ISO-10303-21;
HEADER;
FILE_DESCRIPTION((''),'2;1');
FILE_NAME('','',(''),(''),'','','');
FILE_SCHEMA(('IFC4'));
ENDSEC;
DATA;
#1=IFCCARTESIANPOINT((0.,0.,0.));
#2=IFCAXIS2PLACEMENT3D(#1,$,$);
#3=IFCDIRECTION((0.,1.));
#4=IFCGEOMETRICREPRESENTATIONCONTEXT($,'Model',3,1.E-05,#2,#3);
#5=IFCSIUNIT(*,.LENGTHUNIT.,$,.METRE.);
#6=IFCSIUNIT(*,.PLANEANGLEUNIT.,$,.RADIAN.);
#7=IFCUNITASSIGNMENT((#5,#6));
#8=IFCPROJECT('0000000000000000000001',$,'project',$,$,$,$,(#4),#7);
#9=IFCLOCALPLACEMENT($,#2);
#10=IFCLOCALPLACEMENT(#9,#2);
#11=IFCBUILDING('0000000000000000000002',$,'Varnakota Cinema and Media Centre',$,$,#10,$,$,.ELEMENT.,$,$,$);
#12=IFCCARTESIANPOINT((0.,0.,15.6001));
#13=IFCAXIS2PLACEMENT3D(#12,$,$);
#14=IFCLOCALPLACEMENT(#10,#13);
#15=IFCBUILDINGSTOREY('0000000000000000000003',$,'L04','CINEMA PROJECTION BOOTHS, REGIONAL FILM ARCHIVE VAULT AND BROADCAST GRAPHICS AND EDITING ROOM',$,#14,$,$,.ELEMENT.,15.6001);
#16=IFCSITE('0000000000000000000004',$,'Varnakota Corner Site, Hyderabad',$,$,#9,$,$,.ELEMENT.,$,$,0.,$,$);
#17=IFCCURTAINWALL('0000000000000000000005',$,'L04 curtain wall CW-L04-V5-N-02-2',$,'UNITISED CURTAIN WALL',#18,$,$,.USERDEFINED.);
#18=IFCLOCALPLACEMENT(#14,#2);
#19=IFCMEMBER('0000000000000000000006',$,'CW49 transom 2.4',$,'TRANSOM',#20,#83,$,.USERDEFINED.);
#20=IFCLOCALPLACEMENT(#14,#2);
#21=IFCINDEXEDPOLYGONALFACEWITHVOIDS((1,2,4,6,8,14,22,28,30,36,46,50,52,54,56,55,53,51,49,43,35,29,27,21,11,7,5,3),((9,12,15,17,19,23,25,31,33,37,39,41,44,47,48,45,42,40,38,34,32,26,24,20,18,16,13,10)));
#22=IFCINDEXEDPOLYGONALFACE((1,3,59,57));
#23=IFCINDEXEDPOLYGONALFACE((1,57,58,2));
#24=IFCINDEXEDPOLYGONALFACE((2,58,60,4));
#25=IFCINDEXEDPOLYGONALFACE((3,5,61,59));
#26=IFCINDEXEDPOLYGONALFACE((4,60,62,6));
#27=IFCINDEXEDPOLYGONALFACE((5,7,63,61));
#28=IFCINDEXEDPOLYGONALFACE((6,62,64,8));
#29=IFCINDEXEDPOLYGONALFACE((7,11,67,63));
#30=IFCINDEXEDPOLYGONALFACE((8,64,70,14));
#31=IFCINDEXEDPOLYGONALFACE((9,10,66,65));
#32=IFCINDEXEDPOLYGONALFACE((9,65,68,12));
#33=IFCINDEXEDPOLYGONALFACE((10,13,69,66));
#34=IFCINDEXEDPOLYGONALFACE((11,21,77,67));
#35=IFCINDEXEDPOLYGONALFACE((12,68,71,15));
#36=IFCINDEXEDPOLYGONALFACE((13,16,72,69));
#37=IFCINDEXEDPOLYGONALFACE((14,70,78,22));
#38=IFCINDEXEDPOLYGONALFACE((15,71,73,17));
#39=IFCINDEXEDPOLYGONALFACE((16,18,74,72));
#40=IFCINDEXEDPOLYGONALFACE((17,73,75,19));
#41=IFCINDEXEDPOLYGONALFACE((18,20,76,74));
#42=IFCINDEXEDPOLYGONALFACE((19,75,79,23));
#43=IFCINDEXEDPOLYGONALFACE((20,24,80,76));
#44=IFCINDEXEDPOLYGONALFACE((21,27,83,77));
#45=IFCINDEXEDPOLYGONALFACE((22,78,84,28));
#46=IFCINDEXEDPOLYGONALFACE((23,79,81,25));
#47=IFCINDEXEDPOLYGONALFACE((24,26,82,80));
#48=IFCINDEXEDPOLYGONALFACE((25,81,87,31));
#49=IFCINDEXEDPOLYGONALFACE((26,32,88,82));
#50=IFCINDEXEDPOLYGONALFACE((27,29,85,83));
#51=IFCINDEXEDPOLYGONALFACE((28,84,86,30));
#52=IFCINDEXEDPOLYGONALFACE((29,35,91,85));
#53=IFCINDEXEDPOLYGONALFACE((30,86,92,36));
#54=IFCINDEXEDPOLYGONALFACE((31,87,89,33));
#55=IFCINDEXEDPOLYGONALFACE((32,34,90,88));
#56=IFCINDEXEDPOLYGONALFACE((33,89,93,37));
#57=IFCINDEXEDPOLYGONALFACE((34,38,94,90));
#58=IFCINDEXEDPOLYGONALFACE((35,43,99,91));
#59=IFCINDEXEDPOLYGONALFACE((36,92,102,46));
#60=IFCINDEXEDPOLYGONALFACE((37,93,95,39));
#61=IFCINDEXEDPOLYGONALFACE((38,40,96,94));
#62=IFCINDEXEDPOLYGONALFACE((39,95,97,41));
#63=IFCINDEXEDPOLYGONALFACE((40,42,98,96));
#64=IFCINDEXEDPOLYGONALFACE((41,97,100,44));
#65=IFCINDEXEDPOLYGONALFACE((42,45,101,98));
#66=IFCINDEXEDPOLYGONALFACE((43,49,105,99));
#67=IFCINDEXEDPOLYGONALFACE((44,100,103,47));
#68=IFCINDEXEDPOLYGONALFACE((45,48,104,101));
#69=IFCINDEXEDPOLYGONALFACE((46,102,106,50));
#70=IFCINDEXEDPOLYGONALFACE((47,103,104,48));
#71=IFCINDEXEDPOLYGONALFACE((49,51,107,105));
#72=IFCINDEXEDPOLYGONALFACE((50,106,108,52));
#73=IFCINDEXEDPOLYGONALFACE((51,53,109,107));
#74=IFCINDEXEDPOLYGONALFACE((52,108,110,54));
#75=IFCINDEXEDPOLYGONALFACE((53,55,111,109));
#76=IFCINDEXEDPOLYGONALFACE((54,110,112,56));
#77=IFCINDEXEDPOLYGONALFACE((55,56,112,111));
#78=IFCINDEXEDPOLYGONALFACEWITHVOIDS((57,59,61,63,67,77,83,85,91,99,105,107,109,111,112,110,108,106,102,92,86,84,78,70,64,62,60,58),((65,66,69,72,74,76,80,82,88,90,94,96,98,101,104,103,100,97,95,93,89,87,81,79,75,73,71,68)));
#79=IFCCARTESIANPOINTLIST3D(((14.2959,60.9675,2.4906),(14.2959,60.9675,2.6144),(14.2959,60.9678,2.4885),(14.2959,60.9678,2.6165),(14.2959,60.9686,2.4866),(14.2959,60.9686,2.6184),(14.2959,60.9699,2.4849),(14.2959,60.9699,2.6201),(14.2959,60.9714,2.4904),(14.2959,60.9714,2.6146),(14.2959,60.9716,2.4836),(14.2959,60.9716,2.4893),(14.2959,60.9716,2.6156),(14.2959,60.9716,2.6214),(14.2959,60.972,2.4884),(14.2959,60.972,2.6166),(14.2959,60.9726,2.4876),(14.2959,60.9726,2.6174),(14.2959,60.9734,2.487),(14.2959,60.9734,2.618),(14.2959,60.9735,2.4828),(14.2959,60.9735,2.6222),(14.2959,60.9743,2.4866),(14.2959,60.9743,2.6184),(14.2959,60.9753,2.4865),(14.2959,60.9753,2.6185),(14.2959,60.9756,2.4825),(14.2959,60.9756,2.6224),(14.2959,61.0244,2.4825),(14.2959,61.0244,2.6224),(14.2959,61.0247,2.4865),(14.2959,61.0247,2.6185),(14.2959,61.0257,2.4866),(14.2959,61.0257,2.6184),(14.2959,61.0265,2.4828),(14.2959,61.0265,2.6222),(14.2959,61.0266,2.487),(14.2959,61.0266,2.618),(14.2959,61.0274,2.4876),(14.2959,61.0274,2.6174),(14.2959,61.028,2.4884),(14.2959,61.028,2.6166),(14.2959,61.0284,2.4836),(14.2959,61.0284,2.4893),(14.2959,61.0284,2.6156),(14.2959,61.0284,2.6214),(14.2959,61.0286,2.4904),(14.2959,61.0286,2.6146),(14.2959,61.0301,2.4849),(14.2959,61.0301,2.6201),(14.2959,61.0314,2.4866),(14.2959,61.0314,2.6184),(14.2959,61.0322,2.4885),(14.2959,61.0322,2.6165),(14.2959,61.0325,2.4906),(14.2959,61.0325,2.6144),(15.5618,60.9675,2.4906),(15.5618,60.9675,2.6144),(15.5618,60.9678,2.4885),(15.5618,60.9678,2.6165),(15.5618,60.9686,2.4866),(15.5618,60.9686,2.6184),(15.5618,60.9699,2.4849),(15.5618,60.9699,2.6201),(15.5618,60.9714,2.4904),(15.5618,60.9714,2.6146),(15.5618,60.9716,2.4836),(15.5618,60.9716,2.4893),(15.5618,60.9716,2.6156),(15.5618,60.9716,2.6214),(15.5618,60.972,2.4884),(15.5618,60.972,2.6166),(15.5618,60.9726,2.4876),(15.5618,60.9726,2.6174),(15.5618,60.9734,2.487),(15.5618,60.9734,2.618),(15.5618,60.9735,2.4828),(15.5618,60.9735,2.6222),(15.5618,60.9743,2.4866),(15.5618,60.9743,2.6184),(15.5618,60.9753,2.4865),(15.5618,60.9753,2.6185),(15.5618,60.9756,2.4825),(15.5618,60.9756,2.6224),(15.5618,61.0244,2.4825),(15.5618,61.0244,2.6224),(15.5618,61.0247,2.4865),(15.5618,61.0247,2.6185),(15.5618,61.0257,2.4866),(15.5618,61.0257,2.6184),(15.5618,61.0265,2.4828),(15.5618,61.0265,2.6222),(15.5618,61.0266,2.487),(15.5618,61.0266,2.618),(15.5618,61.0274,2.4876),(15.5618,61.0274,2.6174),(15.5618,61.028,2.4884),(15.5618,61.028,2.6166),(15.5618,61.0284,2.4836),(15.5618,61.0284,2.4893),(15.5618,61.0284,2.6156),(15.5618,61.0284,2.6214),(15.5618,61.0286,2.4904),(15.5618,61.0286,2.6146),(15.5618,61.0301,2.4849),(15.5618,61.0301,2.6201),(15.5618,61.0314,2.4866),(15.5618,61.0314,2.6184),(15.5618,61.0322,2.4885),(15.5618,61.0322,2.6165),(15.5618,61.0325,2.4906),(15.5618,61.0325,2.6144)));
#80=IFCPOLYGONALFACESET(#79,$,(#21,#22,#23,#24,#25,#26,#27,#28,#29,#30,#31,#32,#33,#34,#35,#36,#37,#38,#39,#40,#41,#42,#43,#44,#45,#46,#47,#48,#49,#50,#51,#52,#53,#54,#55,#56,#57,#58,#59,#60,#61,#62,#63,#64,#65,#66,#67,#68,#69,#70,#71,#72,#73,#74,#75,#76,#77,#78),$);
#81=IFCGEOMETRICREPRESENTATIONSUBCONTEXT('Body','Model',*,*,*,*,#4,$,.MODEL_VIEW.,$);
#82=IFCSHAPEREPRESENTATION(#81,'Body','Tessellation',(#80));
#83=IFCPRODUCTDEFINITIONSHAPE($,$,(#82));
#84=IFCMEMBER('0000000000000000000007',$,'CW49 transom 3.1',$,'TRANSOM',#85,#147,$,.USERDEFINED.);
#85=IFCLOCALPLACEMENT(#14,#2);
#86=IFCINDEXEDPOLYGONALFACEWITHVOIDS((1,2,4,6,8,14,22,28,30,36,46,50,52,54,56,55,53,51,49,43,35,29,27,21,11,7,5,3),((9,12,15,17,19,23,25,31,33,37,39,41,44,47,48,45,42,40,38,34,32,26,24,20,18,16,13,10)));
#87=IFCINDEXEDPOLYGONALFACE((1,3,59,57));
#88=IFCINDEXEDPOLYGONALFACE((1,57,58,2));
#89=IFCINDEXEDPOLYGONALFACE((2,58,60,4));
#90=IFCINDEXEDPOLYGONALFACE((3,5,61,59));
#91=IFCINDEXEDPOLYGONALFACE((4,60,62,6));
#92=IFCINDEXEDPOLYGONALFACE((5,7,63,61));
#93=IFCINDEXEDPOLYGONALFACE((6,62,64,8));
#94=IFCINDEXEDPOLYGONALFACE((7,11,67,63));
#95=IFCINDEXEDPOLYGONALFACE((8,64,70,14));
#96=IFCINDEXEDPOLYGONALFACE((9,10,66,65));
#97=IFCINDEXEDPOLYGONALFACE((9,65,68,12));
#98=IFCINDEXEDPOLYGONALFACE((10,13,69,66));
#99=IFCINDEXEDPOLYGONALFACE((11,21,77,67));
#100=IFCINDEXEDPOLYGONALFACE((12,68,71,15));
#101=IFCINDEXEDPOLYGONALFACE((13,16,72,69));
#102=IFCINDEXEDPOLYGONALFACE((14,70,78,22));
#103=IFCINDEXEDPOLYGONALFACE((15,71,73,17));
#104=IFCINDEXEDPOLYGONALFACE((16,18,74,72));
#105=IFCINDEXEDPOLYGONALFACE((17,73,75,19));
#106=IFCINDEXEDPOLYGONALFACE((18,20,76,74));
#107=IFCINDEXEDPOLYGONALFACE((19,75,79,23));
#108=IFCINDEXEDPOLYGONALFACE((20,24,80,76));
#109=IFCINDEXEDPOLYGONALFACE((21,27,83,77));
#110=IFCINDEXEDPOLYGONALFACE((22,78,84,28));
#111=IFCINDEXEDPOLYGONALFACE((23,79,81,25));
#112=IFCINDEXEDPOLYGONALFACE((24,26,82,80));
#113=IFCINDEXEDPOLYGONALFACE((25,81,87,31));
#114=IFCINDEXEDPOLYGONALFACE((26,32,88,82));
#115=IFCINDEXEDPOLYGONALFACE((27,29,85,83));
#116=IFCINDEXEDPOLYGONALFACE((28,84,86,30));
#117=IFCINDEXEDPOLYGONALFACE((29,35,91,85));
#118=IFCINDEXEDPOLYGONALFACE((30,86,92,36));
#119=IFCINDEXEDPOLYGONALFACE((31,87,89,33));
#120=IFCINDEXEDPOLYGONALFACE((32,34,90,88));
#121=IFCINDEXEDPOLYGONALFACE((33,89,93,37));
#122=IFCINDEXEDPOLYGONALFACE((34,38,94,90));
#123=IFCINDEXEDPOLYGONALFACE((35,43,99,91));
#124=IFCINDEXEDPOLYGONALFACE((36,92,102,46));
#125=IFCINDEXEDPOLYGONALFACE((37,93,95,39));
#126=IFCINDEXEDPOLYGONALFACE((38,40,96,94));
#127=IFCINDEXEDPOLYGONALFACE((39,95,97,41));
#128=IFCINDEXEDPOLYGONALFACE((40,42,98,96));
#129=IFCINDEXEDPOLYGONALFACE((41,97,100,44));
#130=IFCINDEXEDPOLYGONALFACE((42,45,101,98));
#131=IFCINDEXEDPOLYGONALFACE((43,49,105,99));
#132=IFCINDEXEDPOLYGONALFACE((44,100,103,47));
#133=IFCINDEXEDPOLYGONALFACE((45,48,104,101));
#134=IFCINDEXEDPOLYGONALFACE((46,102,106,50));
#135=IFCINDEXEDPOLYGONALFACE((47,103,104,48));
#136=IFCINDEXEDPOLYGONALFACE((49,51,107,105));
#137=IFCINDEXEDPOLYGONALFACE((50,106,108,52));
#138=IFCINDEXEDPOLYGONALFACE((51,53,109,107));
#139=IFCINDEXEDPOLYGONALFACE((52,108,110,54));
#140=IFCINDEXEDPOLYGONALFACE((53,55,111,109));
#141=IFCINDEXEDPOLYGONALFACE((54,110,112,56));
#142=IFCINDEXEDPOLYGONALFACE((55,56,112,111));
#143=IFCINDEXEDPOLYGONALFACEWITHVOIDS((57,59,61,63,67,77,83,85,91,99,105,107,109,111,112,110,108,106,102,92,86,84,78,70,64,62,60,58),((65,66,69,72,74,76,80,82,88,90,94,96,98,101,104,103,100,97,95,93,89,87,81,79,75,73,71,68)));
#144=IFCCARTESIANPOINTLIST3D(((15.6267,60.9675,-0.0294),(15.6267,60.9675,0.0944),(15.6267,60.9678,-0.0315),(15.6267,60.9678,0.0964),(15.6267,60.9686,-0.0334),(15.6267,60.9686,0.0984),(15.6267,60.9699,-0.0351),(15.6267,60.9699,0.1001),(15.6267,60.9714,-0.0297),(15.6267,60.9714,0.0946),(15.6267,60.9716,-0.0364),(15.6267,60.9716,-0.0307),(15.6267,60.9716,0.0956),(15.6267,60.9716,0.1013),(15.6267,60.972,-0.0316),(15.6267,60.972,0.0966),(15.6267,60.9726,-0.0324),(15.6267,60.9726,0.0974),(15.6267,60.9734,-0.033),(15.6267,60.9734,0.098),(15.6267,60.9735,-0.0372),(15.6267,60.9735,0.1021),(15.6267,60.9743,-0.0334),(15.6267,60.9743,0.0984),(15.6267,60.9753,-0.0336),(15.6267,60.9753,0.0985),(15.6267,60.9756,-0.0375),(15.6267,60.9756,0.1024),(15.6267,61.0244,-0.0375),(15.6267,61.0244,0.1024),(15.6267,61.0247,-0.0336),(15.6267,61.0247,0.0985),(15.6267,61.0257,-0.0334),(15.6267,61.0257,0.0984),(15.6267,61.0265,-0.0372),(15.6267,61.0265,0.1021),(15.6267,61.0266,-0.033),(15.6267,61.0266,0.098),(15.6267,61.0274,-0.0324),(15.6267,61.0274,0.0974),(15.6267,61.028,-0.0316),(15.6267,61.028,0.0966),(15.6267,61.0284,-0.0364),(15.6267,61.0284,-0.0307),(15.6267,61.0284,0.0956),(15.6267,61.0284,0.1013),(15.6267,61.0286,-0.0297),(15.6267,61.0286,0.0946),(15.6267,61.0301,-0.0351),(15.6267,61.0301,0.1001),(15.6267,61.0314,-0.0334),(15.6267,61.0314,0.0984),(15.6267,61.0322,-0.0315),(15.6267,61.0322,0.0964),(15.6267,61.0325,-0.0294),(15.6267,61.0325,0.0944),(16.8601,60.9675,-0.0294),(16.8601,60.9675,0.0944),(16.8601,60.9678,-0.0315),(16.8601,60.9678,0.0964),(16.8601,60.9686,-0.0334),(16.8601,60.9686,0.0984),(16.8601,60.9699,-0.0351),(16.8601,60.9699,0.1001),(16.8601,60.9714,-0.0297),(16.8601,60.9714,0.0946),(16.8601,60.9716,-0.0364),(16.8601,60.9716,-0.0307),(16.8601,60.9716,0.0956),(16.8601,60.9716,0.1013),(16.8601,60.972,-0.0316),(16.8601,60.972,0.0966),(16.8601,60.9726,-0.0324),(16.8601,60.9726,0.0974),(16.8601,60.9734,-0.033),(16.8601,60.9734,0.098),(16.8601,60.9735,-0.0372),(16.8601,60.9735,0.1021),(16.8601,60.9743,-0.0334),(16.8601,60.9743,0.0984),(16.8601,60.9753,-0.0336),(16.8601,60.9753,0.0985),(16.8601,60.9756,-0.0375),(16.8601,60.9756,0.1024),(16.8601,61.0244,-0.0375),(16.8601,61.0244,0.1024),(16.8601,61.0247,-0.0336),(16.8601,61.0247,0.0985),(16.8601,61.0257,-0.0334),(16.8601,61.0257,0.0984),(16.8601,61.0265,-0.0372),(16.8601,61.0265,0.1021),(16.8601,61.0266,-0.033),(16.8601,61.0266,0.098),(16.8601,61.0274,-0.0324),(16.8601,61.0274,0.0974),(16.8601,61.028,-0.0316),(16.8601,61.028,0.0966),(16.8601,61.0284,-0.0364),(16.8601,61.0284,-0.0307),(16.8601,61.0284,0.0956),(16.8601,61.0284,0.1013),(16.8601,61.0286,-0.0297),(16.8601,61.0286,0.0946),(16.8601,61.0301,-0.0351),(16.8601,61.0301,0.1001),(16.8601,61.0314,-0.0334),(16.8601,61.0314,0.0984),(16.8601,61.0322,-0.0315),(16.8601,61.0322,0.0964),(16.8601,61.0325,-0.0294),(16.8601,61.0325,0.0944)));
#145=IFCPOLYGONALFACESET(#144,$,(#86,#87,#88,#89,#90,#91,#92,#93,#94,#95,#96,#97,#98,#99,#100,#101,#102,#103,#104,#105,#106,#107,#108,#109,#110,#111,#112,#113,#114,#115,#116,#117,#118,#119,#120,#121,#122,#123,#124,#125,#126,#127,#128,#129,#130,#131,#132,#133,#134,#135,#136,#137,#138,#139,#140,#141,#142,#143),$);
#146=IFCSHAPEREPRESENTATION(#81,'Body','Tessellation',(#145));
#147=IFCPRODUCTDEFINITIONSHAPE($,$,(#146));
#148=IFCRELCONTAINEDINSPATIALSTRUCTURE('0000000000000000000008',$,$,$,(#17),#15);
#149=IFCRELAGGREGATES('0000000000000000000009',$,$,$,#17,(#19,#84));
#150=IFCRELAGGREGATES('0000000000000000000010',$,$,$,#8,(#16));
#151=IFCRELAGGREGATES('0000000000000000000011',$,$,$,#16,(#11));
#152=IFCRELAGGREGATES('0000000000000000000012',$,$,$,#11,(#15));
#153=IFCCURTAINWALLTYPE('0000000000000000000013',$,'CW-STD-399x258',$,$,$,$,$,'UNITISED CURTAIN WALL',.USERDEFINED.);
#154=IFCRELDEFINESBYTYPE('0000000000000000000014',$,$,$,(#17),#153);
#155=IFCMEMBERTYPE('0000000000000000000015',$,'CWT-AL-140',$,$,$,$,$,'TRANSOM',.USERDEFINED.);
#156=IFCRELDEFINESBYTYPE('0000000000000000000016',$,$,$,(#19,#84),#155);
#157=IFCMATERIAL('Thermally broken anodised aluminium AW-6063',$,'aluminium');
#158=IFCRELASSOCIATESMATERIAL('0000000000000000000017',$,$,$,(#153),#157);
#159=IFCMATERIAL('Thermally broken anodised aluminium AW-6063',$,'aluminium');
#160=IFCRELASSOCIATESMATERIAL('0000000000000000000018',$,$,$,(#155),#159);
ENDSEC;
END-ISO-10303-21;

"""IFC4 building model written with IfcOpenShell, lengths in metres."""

from ifc_helpers import new_model, si_unit, direction, frame, origin, origin_2d, place, context, subcontext, project, spatial, hollow_rectangle, extrude, material, material_profile, profile_set, type_object, element, aggregate, save


model = new_model("IFC4")

# Units and contexts
model_context = context("Model", 3, precision=1e-05, world=origin(), true_north=direction((0.0, 1.0)))
body_context = subcontext(model_context, "Body", "Model", "MODEL_VIEW")
ifc_project = project(units=[si_unit("LENGTHUNIT", "METRE"), si_unit("PLANEANGLEUNIT", "RADIAN")], contexts=[model_context])

# Site, building, storey
site_placement = place(None, origin())
site = spatial("IfcSite", under=ifc_project, at=site_placement, Name="Varnakota Corner Site, Hyderabad", CompositionType="ELEMENT", RefElevation=0.0)
building_placement = place(site_placement, origin())
building = spatial("IfcBuilding", under=site, at=building_placement, Name="Varnakota Cinema and Media Centre", CompositionType="ELEMENT")
storey_placement = place(building_placement, frame((0.0, 0.0, 15.6001)))
storey = spatial("IfcBuildingStorey", under=building, at=storey_placement, Name="L04", Description="CINEMA PROJECTION BOOTHS, REGIONAL FILM ARCHIVE VAULT AND BROADCAST GRAPHICS AND EDITING ROOM", CompositionType="ELEMENT", Elevation=15.6001)

# Curtain wall, members
ifc_material_1 = material(Name="Thermally broken anodised aluminium AW-6063", Category="aluminium")
curtain_wall_type_1 = type_object("IfcCurtainWallType", Name="CW-STD-399x258", ElementType="UNITISED CURTAIN WALL", PredefinedType="USERDEFINED", material=ifc_material_1)
curtain_wall_1_placement = place(storey_placement, origin())
curtain_wall_1 = element("IfcCurtainWall", 1, at=curtain_wall_1_placement, inside=storey, type_object=curtain_wall_type_1, Name="L04 curtain wall CW-L04-V5-N-02-2", ObjectType="UNITISED CURTAIN WALL", PredefinedType="USERDEFINED")
ifc_material_2 = material(Name="Thermally broken anodised aluminium AW-6063", Category="aluminium")
ifc_material_profile_1 = material_profile(ifc_material_2, hollow_rectangle(XDim=0.0649, YDim=0.1399, WallThickness=0.0039, InnerFilletRadius=0.0039, OuterFilletRadius=0.0081, at=origin_2d()), Name="AL-TRANSOM 140x65x4")
ifc_profile_set_1 = profile_set([ifc_material_profile_1], Name="Thermally broken anodised aluminium AW-6063")
member_type_1 = type_object("IfcMemberType", Name="CWT-AL-140", ElementType="TRANSOM", PredefinedType="USERDEFINED", material=ifc_profile_set_1)
member_1_placement = place(storey_placement, frame((14.2959, 61.0, 2.5525), z_axis=(1.0, 0.0, 0.0), x_axis=(0.0, 1.0, 0.0)))
member_1 = element("IfcMember", 2, at=member_1_placement, type_object=member_type_1, Name="CW49 transom 2.4", ObjectType="TRANSOM", PredefinedType="USERDEFINED", context=body_context, shape_type="SweptSolid", body=[
    extrude(hollow_rectangle(XDim=0.0649, YDim=0.1399, WallThickness=0.0039, InnerFilletRadius=0.0039, OuterFilletRadius=0.0081, at=origin_2d()), origin(), (0.0, 0.0, 1.0), 1.2659),
])
member_2_placement = place(storey_placement, frame((15.6267, 61.0, 0.0325), z_axis=(1.0, 0.0, 0.0), x_axis=(0.0, 1.0, 0.0)))
member_2 = element("IfcMember", 3, at=member_2_placement, type_object=member_type_1, Name="CW49 transom 3.1", ObjectType="TRANSOM", PredefinedType="USERDEFINED", context=body_context, shape_type="SweptSolid", body=[
    extrude(hollow_rectangle(XDim=0.0649, YDim=0.1399, WallThickness=0.0039, InnerFilletRadius=0.0039, OuterFilletRadius=0.0081, at=origin_2d()), origin(), (0.0, 0.0, 1.0), 1.2334),
])
aggregate(curtain_wall_1, [member_1, member_2])

save(model, "model.ifc")
